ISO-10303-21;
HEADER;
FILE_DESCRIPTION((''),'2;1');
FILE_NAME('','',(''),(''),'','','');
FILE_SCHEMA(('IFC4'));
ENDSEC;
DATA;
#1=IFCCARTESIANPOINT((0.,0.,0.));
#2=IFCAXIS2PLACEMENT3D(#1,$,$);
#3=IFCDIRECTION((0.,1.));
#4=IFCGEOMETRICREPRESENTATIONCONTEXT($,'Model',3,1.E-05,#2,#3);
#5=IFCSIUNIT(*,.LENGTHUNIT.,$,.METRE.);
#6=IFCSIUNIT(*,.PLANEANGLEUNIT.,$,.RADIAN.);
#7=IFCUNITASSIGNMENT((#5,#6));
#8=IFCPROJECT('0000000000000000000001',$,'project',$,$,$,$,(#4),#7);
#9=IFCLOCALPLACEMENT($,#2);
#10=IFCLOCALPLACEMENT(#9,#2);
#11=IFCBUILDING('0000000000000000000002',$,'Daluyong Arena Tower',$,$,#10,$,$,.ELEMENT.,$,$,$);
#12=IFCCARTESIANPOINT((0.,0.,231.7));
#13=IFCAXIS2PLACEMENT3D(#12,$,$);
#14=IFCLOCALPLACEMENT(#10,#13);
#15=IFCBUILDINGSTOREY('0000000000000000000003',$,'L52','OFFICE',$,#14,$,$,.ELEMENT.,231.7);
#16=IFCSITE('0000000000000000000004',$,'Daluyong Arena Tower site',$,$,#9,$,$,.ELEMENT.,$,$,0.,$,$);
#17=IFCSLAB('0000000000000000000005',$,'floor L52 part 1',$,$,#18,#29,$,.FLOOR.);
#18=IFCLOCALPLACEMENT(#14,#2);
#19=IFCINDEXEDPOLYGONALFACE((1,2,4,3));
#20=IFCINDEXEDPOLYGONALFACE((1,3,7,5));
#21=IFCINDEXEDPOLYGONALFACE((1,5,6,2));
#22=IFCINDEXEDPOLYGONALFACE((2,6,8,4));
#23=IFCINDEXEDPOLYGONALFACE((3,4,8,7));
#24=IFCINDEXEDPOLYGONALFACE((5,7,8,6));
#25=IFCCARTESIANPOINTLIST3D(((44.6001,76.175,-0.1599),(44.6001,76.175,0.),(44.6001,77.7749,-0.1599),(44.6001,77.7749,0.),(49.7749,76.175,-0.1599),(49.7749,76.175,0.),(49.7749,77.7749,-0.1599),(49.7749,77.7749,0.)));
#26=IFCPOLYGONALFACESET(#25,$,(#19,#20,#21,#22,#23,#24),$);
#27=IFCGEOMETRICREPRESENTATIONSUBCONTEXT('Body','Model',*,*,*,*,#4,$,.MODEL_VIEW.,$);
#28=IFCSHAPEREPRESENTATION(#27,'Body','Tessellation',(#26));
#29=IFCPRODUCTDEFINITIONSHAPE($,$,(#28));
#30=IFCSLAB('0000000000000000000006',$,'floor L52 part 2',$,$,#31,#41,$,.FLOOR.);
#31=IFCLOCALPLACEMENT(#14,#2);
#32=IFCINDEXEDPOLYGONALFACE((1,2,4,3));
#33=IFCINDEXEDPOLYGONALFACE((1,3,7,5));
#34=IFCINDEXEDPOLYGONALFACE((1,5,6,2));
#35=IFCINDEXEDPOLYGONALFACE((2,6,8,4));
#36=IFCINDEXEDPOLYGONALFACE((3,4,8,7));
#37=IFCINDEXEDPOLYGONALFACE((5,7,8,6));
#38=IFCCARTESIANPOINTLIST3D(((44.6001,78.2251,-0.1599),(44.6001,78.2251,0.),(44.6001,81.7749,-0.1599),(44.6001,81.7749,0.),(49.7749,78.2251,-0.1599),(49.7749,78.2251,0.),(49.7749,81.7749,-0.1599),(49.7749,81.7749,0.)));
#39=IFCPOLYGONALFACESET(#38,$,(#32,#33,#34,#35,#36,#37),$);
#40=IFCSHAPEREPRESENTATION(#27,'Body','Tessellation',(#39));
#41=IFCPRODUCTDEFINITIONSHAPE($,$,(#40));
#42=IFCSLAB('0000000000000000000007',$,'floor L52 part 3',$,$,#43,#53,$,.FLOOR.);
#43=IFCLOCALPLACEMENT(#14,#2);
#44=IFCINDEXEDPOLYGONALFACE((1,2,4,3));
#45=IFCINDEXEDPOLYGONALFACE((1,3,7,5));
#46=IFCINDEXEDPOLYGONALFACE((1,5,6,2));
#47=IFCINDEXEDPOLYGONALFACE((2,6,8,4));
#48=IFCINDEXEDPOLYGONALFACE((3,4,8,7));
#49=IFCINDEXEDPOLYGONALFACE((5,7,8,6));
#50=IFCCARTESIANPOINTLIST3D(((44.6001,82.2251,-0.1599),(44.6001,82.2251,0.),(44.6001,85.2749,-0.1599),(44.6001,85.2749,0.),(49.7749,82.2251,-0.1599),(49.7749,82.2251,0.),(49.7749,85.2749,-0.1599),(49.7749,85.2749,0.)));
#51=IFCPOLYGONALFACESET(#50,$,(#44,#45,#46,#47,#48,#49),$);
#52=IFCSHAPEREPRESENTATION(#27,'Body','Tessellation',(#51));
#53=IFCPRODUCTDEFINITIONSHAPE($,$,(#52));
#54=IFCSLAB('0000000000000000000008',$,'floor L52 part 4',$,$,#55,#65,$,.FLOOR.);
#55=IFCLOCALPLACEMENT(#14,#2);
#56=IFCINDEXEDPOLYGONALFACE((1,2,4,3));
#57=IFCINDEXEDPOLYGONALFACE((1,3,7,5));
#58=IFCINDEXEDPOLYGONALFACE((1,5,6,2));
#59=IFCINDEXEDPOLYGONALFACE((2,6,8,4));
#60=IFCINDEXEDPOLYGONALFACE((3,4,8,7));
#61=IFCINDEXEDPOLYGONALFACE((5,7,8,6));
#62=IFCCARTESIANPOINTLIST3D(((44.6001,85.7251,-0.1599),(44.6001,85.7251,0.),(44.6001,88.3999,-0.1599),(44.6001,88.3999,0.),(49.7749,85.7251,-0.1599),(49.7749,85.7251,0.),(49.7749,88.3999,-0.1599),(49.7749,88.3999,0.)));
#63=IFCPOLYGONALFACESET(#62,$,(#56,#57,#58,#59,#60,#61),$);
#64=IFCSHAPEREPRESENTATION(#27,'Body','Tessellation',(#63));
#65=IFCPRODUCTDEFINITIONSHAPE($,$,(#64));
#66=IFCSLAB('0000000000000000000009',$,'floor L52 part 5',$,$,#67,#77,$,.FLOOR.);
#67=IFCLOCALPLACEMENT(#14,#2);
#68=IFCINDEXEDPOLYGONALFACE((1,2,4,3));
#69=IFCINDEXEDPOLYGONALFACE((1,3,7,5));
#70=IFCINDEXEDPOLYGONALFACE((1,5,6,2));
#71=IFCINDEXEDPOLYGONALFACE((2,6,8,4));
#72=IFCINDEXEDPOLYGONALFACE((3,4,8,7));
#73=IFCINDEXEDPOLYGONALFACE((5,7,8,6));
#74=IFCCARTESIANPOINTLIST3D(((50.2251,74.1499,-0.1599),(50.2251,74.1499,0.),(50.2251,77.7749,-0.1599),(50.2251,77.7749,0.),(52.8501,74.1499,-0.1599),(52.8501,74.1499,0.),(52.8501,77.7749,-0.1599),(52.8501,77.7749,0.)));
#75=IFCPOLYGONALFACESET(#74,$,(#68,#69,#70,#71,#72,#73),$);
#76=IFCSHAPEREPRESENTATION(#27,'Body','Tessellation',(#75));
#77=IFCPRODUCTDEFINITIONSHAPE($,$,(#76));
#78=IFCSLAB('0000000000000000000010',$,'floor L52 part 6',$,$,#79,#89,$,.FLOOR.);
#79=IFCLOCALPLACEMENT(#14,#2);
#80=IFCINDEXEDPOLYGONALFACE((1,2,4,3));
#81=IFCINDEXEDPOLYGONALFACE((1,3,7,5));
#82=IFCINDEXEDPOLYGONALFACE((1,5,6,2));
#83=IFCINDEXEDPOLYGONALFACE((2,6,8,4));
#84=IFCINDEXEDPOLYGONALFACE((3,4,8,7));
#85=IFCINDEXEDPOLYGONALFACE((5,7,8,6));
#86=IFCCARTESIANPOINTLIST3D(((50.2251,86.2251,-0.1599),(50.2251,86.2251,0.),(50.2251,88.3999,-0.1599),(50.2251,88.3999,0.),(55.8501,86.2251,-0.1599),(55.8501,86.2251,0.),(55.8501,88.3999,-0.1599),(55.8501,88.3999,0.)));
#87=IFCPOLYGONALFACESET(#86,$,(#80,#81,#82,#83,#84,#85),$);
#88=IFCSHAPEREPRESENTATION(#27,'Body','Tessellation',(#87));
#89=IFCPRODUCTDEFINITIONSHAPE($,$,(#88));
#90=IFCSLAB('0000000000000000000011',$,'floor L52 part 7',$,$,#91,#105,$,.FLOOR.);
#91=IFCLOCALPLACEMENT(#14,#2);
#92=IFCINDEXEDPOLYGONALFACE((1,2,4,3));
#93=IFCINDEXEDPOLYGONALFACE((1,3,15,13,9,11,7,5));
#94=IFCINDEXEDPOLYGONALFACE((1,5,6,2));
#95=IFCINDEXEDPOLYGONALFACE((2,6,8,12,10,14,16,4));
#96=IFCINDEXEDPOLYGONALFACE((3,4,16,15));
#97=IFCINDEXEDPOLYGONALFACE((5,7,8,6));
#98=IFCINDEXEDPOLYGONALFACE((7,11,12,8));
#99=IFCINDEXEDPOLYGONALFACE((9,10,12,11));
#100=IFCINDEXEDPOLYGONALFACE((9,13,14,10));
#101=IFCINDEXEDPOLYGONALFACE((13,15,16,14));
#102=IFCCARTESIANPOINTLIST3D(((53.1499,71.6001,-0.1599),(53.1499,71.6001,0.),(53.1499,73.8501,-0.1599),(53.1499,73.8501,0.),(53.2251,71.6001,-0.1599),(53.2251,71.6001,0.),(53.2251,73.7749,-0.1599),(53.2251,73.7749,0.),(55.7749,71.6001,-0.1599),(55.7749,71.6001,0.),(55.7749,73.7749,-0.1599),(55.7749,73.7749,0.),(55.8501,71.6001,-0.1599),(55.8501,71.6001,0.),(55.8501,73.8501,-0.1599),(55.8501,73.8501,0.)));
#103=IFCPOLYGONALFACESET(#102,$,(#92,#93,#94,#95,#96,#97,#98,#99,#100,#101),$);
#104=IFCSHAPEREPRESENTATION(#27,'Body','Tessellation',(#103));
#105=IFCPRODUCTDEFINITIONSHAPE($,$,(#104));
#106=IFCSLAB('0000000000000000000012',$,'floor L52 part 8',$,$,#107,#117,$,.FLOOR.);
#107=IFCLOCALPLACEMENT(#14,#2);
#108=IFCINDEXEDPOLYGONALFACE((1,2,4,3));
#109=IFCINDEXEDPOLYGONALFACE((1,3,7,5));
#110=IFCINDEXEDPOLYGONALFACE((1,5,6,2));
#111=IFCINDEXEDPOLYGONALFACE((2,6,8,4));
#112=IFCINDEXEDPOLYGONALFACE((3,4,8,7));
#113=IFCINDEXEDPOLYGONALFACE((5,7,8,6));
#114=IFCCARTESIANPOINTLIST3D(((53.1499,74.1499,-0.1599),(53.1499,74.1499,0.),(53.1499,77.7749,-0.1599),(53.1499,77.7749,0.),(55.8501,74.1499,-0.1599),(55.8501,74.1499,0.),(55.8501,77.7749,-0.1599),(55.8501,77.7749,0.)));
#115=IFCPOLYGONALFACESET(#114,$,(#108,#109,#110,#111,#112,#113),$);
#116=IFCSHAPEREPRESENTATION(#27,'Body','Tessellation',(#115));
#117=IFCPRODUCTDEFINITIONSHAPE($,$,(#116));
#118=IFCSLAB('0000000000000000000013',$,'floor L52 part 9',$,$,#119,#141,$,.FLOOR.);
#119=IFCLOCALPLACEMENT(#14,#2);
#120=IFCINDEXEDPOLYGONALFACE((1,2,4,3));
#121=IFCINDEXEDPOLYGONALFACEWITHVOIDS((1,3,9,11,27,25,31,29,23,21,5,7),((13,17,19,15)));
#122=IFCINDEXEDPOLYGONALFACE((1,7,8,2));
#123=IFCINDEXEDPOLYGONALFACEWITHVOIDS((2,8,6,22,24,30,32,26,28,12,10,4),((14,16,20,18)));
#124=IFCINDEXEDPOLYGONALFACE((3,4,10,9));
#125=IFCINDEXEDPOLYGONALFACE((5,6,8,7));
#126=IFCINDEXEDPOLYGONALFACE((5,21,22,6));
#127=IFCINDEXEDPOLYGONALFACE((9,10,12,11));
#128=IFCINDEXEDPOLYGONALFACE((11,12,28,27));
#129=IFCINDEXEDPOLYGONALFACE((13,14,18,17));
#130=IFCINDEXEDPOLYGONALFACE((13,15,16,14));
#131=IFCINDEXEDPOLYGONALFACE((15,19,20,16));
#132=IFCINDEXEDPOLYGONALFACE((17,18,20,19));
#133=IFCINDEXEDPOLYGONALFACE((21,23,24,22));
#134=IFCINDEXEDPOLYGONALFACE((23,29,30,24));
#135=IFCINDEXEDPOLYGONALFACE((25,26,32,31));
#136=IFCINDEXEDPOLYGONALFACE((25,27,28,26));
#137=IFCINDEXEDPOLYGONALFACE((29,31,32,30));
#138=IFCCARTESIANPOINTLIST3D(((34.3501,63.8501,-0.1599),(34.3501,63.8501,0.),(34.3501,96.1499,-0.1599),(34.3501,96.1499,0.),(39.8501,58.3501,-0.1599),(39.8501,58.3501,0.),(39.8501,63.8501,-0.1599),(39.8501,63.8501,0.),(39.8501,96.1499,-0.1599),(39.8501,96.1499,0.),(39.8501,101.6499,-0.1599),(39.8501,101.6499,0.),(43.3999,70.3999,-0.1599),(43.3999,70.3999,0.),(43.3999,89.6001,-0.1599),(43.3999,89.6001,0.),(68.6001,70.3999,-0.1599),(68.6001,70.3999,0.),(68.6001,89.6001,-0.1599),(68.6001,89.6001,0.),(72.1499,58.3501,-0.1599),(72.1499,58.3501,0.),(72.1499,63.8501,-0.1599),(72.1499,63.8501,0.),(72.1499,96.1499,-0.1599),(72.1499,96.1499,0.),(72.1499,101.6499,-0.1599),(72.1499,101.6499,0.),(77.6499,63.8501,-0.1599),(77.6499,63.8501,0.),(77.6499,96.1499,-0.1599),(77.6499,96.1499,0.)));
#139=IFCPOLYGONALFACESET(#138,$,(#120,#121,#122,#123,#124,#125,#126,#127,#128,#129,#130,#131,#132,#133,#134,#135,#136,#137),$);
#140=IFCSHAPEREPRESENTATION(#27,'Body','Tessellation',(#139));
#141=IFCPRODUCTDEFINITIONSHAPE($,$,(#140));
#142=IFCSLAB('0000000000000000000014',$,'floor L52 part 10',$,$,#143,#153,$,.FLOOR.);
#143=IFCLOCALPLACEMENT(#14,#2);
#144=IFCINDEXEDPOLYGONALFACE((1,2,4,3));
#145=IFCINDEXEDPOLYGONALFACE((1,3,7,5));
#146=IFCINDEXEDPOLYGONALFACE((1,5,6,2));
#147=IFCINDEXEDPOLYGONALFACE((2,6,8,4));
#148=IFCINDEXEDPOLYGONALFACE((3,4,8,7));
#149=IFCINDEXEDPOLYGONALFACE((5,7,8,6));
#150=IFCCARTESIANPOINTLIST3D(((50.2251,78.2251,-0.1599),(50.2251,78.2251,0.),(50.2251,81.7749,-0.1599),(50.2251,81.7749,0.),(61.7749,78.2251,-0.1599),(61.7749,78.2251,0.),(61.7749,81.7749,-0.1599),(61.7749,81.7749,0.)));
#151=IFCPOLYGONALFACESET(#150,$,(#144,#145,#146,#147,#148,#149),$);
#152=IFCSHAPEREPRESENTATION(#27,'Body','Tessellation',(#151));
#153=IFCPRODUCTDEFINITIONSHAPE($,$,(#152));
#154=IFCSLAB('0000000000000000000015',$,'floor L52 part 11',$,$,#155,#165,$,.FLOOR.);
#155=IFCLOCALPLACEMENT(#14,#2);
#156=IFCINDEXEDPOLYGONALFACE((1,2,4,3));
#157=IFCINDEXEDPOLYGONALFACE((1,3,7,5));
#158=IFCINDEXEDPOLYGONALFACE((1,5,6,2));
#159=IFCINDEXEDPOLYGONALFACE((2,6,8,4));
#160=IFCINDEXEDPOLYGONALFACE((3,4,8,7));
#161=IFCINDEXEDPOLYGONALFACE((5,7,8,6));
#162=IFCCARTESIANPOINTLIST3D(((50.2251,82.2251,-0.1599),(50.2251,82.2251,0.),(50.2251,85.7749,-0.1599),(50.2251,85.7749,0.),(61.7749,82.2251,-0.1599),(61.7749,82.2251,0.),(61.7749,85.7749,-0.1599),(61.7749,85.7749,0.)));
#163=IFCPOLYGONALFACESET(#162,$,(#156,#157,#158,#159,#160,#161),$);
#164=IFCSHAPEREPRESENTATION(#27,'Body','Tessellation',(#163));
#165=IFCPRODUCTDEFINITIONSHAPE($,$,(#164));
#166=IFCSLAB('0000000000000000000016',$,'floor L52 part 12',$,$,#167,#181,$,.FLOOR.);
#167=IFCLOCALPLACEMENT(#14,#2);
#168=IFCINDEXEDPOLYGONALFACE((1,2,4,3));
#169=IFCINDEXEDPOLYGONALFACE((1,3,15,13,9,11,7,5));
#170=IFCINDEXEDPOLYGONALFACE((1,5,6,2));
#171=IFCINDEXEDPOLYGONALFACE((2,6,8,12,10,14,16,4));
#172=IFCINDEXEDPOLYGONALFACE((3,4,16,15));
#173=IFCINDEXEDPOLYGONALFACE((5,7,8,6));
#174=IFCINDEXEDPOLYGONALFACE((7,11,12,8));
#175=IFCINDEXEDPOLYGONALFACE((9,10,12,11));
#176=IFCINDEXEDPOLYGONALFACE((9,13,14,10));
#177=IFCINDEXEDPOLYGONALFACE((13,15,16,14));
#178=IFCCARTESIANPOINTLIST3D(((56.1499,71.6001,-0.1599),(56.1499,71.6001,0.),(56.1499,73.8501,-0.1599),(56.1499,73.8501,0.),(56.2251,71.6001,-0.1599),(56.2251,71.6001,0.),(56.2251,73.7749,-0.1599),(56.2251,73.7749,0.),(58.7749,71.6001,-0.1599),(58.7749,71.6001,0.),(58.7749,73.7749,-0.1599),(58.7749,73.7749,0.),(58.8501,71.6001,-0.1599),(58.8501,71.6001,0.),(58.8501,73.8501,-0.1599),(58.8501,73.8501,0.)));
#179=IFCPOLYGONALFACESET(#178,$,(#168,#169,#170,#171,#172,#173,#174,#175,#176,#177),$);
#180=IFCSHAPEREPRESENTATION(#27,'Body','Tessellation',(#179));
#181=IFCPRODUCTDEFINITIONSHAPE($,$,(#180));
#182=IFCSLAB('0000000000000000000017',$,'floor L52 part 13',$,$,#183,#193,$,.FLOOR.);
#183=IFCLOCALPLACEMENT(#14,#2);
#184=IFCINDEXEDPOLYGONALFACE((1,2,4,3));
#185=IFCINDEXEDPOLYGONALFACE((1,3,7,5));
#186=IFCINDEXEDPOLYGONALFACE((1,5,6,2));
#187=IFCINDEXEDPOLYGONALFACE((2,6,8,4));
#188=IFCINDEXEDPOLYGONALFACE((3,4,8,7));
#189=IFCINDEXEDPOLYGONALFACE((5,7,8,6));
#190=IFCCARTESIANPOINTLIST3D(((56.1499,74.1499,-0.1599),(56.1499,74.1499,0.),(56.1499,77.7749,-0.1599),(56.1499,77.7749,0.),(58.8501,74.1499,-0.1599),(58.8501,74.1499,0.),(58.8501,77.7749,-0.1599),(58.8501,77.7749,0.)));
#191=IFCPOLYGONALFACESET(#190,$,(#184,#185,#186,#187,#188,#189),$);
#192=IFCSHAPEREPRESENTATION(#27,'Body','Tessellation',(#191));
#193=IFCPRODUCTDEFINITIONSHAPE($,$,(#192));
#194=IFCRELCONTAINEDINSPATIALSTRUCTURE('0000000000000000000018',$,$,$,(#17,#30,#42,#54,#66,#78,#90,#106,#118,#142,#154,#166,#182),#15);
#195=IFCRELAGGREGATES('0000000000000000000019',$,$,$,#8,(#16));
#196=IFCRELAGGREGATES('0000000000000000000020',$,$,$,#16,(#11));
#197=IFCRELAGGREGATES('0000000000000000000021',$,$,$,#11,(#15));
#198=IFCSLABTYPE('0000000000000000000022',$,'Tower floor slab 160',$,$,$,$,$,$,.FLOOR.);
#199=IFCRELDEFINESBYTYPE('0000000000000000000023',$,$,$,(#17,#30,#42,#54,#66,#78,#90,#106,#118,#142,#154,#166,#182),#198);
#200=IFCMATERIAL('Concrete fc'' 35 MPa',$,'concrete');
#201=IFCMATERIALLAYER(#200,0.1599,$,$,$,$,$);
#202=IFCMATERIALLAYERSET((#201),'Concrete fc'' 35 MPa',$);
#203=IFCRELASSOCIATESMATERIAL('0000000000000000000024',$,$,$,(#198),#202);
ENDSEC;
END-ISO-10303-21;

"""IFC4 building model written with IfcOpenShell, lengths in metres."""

from ifc_helpers import new_model, si_unit, direction, frame, origin, place, context, subcontext, project, spatial, polyline, outline, extrude, material, layer, layer_set, type_object, element, save


model = new_model("IFC4")

# Units and contexts
model_context = context("Model", 3, precision=1e-05, world=origin(), true_north=direction((0.0, 1.0)))
body_context = subcontext(model_context, "Body", "Model", "MODEL_VIEW")
ifc_project = project(units=[si_unit("LENGTHUNIT", "METRE"), si_unit("PLANEANGLEUNIT", "RADIAN")], contexts=[model_context])

# Site, building, storey
site_placement = place(None, origin())
site = spatial("IfcSite", under=ifc_project, at=site_placement, Name="Daluyong Arena Tower site", CompositionType="ELEMENT", RefElevation=0.0)
building_placement = place(site_placement, origin())
building = spatial("IfcBuilding", under=site, at=building_placement, Name="Daluyong Arena Tower", CompositionType="ELEMENT")
storey_placement = place(building_placement, frame((0.0, 0.0, 231.7)))
storey = spatial("IfcBuildingStorey", under=building, at=storey_placement, Name="L52", Description="OFFICE", CompositionType="ELEMENT", Elevation=231.7)

# Slabs
ifc_material_1 = material(Name="Concrete fc' 35 MPa", Category="concrete")
ifc_layer_1 = layer(ifc_material_1, 0.1599)
ifc_layer_set_1 = layer_set([ifc_layer_1], Name="Concrete fc' 35 MPa")
slab_type = type_object("IfcSlabType", Name="Tower floor slab 160", PredefinedType="FLOOR", material=ifc_layer_set_1)
slab_1_placement = place(storey_placement, frame((0.0, 0.0, -0.1599)))
element("IfcSlab", 1, at=slab_1_placement, inside=storey, type_object=slab_type, Name="floor L52 part 1", PredefinedType="FLOOR", context=body_context, shape_type="SweptSolid", body=[
    extrude(outline(polyline([(49.7749, 77.7749), (44.6001, 77.7749), (44.6001, 76.175), (49.7749, 76.175), (49.7749, 77.7749)])), origin(), (0.0, 0.0, 1.0), 0.1599),
])
slab_2_placement = place(storey_placement, frame((0.0, 0.0, -0.1599)))
element("IfcSlab", 2, at=slab_2_placement, inside=storey, type_object=slab_type, Name="floor L52 part 2", PredefinedType="FLOOR", context=body_context, shape_type="SweptSolid", body=[
    extrude(outline(polyline([(49.7749, 78.2251), (49.7749, 81.7749), (44.6001, 81.7749), (44.6001, 78.2251), (49.7749, 78.2251)])), origin(), (0.0, 0.0, 1.0), 0.1599),
])
slab_3_placement = place(storey_placement, frame((0.0, 0.0, -0.1599)))
element("IfcSlab", 3, at=slab_3_placement, inside=storey, type_object=slab_type, Name="floor L52 part 3", PredefinedType="FLOOR", context=body_context, shape_type="SweptSolid", body=[
    extrude(outline(polyline([(44.6001, 85.2749), (44.6001, 82.2251), (49.7749, 82.2251), (49.7749, 85.2749), (44.6001, 85.2749)])), origin(), (0.0, 0.0, 1.0), 0.1599),
])
slab_4_placement = place(storey_placement, frame((0.0, 0.0, -0.1599)))
element("IfcSlab", 4, at=slab_4_placement, inside=storey, type_object=slab_type, Name="floor L52 part 4", PredefinedType="FLOOR", context=body_context, shape_type="SweptSolid", body=[
    extrude(outline(polyline([(44.6001, 88.3999), (44.6001, 85.7251), (49.7749, 85.7251), (49.7749, 88.3999), (44.6001, 88.3999)])), origin(), (0.0, 0.0, 1.0), 0.1599),
])
slab_5_placement = place(storey_placement, frame((0.0, 0.0, -0.1599)))
element("IfcSlab", 5, at=slab_5_placement, inside=storey, type_object=slab_type, Name="floor L52 part 5", PredefinedType="FLOOR", context=body_context, shape_type="SweptSolid", body=[
    extrude(outline(polyline([(52.8501, 74.1499), (52.8501, 77.7749), (50.2251, 77.7749), (50.2251, 74.1499), (52.8501, 74.1499)])), origin(), (0.0, 0.0, 1.0), 0.1599),
])
slab_6_placement = place(storey_placement, frame((0.0, 0.0, -0.1599)))
element("IfcSlab", 6, at=slab_6_placement, inside=storey, type_object=slab_type, Name="floor L52 part 6", PredefinedType="FLOOR", context=body_context, shape_type="SweptSolid", body=[
    extrude(outline(polyline([(50.2251, 88.3999), (50.2251, 86.2251), (55.8501, 86.2251), (55.8501, 88.3999), (50.2251, 88.3999)])), origin(), (0.0, 0.0, 1.0), 0.1599),
])
slab_7_placement = place(storey_placement, frame((0.0, 0.0, -0.1599)))
element("IfcSlab", 7, at=slab_7_placement, inside=storey, type_object=slab_type, Name="floor L52 part 7", PredefinedType="FLOOR", context=body_context, shape_type="SweptSolid", body=[
    extrude(outline(polyline([(53.2251, 71.6001), (53.2251, 73.7749), (55.7749, 73.7749), (55.7749, 71.6001), (55.8501, 71.6001), (55.8501, 73.8501), (53.1499, 73.8501), (53.1499, 71.6001), (53.2251, 71.6001)])), origin(), (0.0, 0.0, 1.0), 0.1599),
])
slab_8_placement = place(storey_placement, frame((0.0, 0.0, -0.1599)))
element("IfcSlab", 8, at=slab_8_placement, inside=storey, type_object=slab_type, Name="floor L52 part 8", PredefinedType="FLOOR", context=body_context, shape_type="SweptSolid", body=[
    extrude(outline(polyline([(53.1499, 74.1499), (55.8501, 74.1499), (55.8501, 77.7749), (53.1499, 77.7749), (53.1499, 74.1499)])), origin(), (0.0, 0.0, 1.0), 0.1599),
])
slab_9_placement = place(storey_placement, frame((0.0, 0.0, -0.1599)))
element("IfcSlab", 9, at=slab_9_placement, inside=storey, type_object=slab_type, Name="floor L52 part 9", PredefinedType="FLOOR", context=body_context, shape_type="SweptSolid", body=[
    extrude(outline(polyline([(39.8501, 63.8501), (39.8501, 58.3501), (72.1499, 58.3501), (72.1499, 63.8501), (77.6499, 63.8501), (77.6499, 96.1499), (72.1499, 96.1499), (72.1499, 101.6499), (39.8501, 101.6499), (39.8501, 96.1499), (34.3501, 96.1499), (34.3501, 63.8501), (39.8501, 63.8501)]), holes=[polyline([(68.6001, 89.6001), (68.6001, 70.3999), (43.3999, 70.3999), (43.3999, 89.6001), (68.6001, 89.6001)])]), origin(), (0.0, 0.0, 1.0), 0.1599),
])
slab_10_placement = place(storey_placement, frame((0.0, 0.0, -0.1599)))
element("IfcSlab", 10, at=slab_10_placement, inside=storey, type_object=slab_type, Name="floor L52 part 10", PredefinedType="FLOOR", context=body_context, shape_type="SweptSolid", body=[
    extrude(outline(polyline([(50.2251, 81.7749), (50.2251, 78.2251), (61.7749, 78.2251), (61.7749, 81.7749), (50.2251, 81.7749)])), origin(), (0.0, 0.0, 1.0), 0.1599),
])
slab_11_placement = place(storey_placement, frame((0.0, 0.0, -0.1599)))
element("IfcSlab", 11, at=slab_11_placement, inside=storey, type_object=slab_type, Name="floor L52 part 11", PredefinedType="FLOOR", context=body_context, shape_type="SweptSolid", body=[
    extrude(outline(polyline([(50.2251, 85.7749), (50.2251, 82.2251), (61.7749, 82.2251), (61.7749, 85.7749), (50.2251, 85.7749)])), origin(), (0.0, 0.0, 1.0), 0.1599),
])
slab_12_placement = place(storey_placement, frame((0.0, 0.0, -0.1599)))
element("IfcSlab", 12, at=slab_12_placement, inside=storey, type_object=slab_type, Name="floor L52 part 12", PredefinedType="FLOOR", context=body_context, shape_type="SweptSolid", body=[
    extrude(outline(polyline([(56.2251, 71.6001), (56.2251, 73.7749), (58.7749, 73.7749), (58.7749, 71.6001), (58.8501, 71.6001), (58.8501, 73.8501), (56.1499, 73.8501), (56.1499, 71.6001), (56.2251, 71.6001)])), origin(), (0.0, 0.0, 1.0), 0.1599),
])
slab_13_placement = place(storey_placement, frame((0.0, 0.0, -0.1599)))
element("IfcSlab", 13, at=slab_13_placement, inside=storey, type_object=slab_type, Name="floor L52 part 13", PredefinedType="FLOOR", context=body_context, shape_type="SweptSolid", body=[
    extrude(outline(polyline([(58.8501, 77.7749), (56.1499, 77.7749), (56.1499, 74.1499), (58.8501, 74.1499), (58.8501, 77.7749)])), origin(), (0.0, 0.0, 1.0), 0.1599),
])

save(model, "model.ifc")
